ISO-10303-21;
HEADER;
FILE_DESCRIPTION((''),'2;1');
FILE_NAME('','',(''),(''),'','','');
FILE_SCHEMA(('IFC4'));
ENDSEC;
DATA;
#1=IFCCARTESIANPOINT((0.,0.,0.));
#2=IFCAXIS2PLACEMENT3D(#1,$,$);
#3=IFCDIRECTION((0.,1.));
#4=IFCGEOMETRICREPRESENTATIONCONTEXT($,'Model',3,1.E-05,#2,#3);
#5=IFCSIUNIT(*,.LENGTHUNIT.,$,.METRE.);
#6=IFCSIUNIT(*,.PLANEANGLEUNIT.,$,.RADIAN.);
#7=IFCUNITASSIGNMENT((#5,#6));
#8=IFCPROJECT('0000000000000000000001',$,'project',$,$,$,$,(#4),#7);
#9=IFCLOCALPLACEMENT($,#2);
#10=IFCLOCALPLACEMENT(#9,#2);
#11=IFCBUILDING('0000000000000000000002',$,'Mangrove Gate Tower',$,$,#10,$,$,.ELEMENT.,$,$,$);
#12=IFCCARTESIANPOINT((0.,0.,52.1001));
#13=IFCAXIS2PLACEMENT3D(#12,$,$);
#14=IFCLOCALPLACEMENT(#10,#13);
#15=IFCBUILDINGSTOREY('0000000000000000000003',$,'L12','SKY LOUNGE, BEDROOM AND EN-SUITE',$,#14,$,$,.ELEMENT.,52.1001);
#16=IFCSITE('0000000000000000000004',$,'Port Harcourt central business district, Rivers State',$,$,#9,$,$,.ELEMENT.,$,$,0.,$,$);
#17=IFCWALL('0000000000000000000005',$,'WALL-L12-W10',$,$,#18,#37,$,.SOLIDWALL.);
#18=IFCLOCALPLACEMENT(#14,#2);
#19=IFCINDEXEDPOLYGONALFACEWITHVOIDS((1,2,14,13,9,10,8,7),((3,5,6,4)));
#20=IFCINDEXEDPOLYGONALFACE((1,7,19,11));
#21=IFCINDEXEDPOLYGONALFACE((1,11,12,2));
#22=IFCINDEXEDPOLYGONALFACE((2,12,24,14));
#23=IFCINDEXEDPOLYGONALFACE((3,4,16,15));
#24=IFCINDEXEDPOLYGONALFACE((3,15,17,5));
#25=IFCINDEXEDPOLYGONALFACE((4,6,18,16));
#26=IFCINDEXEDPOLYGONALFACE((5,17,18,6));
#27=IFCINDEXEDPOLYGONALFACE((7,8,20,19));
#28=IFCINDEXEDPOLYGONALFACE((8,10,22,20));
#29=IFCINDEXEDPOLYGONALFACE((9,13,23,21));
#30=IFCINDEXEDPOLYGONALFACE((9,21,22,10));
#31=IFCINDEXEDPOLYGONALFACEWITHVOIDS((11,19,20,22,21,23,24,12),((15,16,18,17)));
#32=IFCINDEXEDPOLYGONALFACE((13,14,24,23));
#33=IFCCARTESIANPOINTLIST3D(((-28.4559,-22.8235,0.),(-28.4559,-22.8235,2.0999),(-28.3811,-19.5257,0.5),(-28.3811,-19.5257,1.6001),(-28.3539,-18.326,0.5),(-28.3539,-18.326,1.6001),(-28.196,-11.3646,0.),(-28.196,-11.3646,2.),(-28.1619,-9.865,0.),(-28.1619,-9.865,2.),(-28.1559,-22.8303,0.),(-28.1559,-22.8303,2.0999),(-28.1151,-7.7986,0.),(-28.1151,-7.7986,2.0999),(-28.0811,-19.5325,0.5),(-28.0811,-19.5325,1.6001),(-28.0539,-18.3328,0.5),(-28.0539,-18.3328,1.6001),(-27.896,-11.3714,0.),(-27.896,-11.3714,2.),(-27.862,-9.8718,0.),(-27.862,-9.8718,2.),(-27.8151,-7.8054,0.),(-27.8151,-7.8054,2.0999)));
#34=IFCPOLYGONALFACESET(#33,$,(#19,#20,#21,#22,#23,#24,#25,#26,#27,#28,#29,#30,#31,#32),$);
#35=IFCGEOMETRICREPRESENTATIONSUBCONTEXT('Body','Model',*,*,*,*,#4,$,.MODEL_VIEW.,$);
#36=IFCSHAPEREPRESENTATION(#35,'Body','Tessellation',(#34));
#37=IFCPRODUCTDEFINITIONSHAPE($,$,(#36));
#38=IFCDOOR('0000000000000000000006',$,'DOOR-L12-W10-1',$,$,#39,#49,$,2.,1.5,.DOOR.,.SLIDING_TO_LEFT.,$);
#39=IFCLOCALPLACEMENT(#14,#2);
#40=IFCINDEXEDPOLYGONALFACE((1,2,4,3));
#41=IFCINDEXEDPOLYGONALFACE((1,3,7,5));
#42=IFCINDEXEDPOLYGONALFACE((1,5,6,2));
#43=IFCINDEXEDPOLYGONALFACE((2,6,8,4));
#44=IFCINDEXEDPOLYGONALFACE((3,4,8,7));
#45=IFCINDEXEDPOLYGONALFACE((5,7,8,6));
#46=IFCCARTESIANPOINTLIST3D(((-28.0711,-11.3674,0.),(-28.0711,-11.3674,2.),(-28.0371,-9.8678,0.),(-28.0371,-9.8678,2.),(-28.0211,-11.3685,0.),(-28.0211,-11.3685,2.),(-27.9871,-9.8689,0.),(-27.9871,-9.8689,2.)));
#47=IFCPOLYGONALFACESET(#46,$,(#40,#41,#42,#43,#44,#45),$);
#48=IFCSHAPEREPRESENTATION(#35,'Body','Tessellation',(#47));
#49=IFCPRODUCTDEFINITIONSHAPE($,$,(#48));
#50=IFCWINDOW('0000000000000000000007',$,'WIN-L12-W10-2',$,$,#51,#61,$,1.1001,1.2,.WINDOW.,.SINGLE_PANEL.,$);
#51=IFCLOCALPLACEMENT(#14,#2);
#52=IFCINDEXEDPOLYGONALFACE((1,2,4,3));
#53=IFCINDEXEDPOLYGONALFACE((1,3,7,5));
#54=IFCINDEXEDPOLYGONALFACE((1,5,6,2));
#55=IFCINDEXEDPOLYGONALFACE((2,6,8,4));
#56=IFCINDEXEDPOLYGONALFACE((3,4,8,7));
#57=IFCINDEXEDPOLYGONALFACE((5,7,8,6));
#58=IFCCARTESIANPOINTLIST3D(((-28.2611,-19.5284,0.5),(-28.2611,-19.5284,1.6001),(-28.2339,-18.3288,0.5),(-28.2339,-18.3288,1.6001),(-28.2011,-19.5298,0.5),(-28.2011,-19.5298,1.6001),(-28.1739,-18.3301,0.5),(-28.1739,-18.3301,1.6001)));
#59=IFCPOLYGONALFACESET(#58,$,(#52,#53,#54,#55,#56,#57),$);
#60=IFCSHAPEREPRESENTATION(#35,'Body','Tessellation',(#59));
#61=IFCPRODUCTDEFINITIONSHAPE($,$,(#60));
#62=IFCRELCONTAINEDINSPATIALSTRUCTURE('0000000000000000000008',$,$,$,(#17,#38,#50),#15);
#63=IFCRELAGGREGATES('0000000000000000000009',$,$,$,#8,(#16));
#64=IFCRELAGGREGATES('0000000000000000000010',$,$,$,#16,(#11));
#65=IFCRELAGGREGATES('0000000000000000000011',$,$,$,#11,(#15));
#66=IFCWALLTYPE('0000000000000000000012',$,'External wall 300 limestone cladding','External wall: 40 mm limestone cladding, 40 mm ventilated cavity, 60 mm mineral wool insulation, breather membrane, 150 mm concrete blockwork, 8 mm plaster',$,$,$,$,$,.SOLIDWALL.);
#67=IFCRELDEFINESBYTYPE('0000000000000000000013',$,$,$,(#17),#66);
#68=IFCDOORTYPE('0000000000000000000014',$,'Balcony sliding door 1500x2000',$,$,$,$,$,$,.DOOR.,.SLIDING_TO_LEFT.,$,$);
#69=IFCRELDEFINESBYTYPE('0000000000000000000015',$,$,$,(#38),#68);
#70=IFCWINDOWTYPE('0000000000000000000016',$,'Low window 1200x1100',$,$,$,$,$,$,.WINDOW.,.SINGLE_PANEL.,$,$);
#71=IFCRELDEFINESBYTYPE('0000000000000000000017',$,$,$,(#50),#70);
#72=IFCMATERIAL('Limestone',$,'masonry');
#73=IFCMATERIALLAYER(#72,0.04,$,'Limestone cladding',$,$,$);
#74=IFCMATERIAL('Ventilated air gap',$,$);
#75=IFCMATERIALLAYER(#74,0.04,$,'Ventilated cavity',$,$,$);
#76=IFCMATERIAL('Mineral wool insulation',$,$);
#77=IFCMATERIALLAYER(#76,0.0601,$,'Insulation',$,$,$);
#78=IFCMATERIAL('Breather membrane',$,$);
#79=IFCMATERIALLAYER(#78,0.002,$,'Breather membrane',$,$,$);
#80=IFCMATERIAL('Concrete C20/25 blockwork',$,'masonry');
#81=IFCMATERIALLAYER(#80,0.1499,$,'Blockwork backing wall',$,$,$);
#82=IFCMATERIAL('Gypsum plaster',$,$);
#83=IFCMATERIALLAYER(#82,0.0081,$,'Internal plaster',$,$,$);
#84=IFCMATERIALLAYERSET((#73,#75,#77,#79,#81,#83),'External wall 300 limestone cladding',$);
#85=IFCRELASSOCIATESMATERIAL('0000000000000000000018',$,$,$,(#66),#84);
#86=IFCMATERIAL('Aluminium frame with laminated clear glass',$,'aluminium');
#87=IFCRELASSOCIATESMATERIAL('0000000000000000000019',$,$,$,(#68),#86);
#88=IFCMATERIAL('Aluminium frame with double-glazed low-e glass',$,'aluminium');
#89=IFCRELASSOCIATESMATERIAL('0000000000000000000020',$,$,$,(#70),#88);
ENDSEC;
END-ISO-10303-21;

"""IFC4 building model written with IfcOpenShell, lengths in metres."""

from ifc_helpers import new_model, si_unit, direction, frame, frame_2d, origin, place, context, subcontext, project, spatial, rectangle, extrude, material, layer, layer_set, type_object, element, fill, save


model = new_model("IFC4")

# Units and contexts
model_context = context("Model", 3, precision=1e-05, world=origin(), true_north=direction((0.0, 1.0)))
body_context = subcontext(model_context, "Body", "Model", "MODEL_VIEW")
ifc_project = project(units=[si_unit("LENGTHUNIT", "METRE"), si_unit("PLANEANGLEUNIT", "RADIAN")], contexts=[model_context])

# Site, building, storey
site_placement = place(None, origin())
site = spatial("IfcSite", under=ifc_project, at=site_placement, Name="Port Harcourt central business district, Rivers State", CompositionType="ELEMENT", RefElevation=0.0)
building_placement = place(site_placement, origin())
building = spatial("IfcBuilding", under=site, at=building_placement, Name="Mangrove Gate Tower", CompositionType="ELEMENT")
storey_placement = place(building_placement, frame((0.0, 0.0, 52.1001)))
storey = spatial("IfcBuildingStorey", under=building, at=storey_placement, Name="L12", Description="SKY LOUNGE, BEDROOM AND EN-SUITE", CompositionType="ELEMENT", Elevation=52.1001)

# Wall, openings, door, window
ifc_material_1 = material(Name="Limestone", Category="masonry")
ifc_layer_1 = layer(ifc_material_1, 0.04, Name="Limestone cladding")
ifc_material_2 = material(Name="Ventilated air gap")
ifc_layer_2 = layer(ifc_material_2, 0.04, Name="Ventilated cavity")
ifc_material_3 = material(Name="Mineral wool insulation")
ifc_layer_3 = layer(ifc_material_3, 0.0601, Name="Insulation")
ifc_material_4 = material(Name="Breather membrane")
ifc_layer_4 = layer(ifc_material_4, 0.002, Name="Breather membrane")
ifc_material_5 = material(Name="Concrete C20/25 blockwork", Category="masonry")
ifc_layer_5 = layer(ifc_material_5, 0.1499, Name="Blockwork backing wall")
ifc_material_6 = material(Name="Gypsum plaster")
ifc_layer_6 = layer(ifc_material_6, 0.0081, Name="Internal plaster")
ifc_layer_set_1 = layer_set([ifc_layer_1, ifc_layer_2, ifc_layer_3, ifc_layer_4, ifc_layer_5, ifc_layer_6], Name="External wall 300 limestone cladding")
wall_type = type_object("IfcWallType", Name="External wall 300 limestone cladding", Description="External wall: 40 mm limestone cladding, 40 mm ventilated cavity, 60 mm mineral wool insulation, breather membrane, 150 mm concrete blockwork, 8 mm plaster", PredefinedType="SOLIDWALL", material=ifc_layer_set_1)
wall_placement = place(storey_placement, frame((-27.9651, -7.802, 0.0), z_axis=(0.0, 0.0, 1.0), x_axis=(-0.022678, -0.999743, 0.0)))
wall = element("IfcWall", 1, at=wall_placement, inside=storey, type_object=wall_type, Name="WALL-L12-W10", PredefinedType="SOLIDWALL", context=body_context, shape_type="SweptSolid", body=[
    extrude(rectangle(XDim=15.0288, YDim=0.3, at=frame_2d((7.5144, 0.0))), origin(), (0.0, 0.0, 1.0), 2.0999),
])
opening_1_placement = place(wall_placement, frame((2.0669, 0.0, 0.0)))
opening_1 = element("IfcOpeningElement", 2, at=opening_1_placement, cuts=wall, PredefinedType="OPENING", context=body_context, shape_type="SweptSolid", body=[
    extrude(rectangle(XDim=1.5, YDim=2.0, at=frame_2d((0.75, 1.0))), frame((0.0, 0.1599, 0.0), z_axis=(0.0, -1.0, 0.0), x_axis=(1.0, 0.0, 0.0)), (0.0, 0.0, 1.0), 0.3201),
])
opening_2_placement = place(wall_placement, frame((10.53, 0.0, 0.5)))
opening_2 = element("IfcOpeningElement", 3, at=opening_2_placement, cuts=wall, PredefinedType="OPENING", context=body_context, shape_type="SweptSolid", body=[
    extrude(rectangle(XDim=1.2, YDim=1.1001, at=frame_2d((0.6001, 0.55))), frame((0.0, 0.1599, 0.0), z_axis=(0.0, -1.0, 0.0), x_axis=(1.0, 0.0, 0.0)), (0.0, 0.0, 1.0), 0.3201),
])
ifc_material_7 = material(Name="Aluminium frame with laminated clear glass", Category="aluminium")
door_type = type_object("IfcDoorType", Name="Balcony sliding door 1500x2000", OperationType="SLIDING_TO_LEFT", PredefinedType="DOOR", material=ifc_material_7)
door_placement = place(opening_1_placement, origin())
door = element("IfcDoor", 4, at=door_placement, inside=storey, type_object=door_type, Name="DOOR-L12-W10-1", OperationType="SLIDING_TO_LEFT", OverallHeight=2.0, OverallWidth=1.5, PredefinedType="DOOR", context=body_context, shape_type="SweptSolid", body=[
    extrude(rectangle(XDim=1.5, YDim=2.0, at=frame_2d((0.75, 1.0))), frame((0.0, 0.0249, 0.0), z_axis=(0.0, -1.0, 0.0), x_axis=(1.0, 0.0, 0.0)), (0.0, 0.0, 1.0), 0.05),
])
fill(opening_1, door)
ifc_material_8 = material(Name="Aluminium frame with double-glazed low-e glass", Category="aluminium")
window_type = type_object("IfcWindowType", Name="Low window 1200x1100", PartitioningType="SINGLE_PANEL", PredefinedType="WINDOW", material=ifc_material_8)
window_placement = place(opening_2_placement, origin())
window = element("IfcWindow", 5, at=window_placement, inside=storey, type_object=window_type, Name="WIN-L12-W10-2", OverallHeight=1.1001, OverallWidth=1.2, PartitioningType="SINGLE_PANEL", PredefinedType="WINDOW", context=body_context, shape_type="SweptSolid", body=[
    extrude(rectangle(XDim=1.2, YDim=1.1001, at=frame_2d((0.6001, 0.55))), frame((0.0, 0.03, 0.0), z_axis=(0.0, -1.0, 0.0), x_axis=(1.0, 0.0, 0.0)), (0.0, 0.0, 1.0), 0.0601),
])
fill(opening_2, window)

save(model, "model.ifc")
